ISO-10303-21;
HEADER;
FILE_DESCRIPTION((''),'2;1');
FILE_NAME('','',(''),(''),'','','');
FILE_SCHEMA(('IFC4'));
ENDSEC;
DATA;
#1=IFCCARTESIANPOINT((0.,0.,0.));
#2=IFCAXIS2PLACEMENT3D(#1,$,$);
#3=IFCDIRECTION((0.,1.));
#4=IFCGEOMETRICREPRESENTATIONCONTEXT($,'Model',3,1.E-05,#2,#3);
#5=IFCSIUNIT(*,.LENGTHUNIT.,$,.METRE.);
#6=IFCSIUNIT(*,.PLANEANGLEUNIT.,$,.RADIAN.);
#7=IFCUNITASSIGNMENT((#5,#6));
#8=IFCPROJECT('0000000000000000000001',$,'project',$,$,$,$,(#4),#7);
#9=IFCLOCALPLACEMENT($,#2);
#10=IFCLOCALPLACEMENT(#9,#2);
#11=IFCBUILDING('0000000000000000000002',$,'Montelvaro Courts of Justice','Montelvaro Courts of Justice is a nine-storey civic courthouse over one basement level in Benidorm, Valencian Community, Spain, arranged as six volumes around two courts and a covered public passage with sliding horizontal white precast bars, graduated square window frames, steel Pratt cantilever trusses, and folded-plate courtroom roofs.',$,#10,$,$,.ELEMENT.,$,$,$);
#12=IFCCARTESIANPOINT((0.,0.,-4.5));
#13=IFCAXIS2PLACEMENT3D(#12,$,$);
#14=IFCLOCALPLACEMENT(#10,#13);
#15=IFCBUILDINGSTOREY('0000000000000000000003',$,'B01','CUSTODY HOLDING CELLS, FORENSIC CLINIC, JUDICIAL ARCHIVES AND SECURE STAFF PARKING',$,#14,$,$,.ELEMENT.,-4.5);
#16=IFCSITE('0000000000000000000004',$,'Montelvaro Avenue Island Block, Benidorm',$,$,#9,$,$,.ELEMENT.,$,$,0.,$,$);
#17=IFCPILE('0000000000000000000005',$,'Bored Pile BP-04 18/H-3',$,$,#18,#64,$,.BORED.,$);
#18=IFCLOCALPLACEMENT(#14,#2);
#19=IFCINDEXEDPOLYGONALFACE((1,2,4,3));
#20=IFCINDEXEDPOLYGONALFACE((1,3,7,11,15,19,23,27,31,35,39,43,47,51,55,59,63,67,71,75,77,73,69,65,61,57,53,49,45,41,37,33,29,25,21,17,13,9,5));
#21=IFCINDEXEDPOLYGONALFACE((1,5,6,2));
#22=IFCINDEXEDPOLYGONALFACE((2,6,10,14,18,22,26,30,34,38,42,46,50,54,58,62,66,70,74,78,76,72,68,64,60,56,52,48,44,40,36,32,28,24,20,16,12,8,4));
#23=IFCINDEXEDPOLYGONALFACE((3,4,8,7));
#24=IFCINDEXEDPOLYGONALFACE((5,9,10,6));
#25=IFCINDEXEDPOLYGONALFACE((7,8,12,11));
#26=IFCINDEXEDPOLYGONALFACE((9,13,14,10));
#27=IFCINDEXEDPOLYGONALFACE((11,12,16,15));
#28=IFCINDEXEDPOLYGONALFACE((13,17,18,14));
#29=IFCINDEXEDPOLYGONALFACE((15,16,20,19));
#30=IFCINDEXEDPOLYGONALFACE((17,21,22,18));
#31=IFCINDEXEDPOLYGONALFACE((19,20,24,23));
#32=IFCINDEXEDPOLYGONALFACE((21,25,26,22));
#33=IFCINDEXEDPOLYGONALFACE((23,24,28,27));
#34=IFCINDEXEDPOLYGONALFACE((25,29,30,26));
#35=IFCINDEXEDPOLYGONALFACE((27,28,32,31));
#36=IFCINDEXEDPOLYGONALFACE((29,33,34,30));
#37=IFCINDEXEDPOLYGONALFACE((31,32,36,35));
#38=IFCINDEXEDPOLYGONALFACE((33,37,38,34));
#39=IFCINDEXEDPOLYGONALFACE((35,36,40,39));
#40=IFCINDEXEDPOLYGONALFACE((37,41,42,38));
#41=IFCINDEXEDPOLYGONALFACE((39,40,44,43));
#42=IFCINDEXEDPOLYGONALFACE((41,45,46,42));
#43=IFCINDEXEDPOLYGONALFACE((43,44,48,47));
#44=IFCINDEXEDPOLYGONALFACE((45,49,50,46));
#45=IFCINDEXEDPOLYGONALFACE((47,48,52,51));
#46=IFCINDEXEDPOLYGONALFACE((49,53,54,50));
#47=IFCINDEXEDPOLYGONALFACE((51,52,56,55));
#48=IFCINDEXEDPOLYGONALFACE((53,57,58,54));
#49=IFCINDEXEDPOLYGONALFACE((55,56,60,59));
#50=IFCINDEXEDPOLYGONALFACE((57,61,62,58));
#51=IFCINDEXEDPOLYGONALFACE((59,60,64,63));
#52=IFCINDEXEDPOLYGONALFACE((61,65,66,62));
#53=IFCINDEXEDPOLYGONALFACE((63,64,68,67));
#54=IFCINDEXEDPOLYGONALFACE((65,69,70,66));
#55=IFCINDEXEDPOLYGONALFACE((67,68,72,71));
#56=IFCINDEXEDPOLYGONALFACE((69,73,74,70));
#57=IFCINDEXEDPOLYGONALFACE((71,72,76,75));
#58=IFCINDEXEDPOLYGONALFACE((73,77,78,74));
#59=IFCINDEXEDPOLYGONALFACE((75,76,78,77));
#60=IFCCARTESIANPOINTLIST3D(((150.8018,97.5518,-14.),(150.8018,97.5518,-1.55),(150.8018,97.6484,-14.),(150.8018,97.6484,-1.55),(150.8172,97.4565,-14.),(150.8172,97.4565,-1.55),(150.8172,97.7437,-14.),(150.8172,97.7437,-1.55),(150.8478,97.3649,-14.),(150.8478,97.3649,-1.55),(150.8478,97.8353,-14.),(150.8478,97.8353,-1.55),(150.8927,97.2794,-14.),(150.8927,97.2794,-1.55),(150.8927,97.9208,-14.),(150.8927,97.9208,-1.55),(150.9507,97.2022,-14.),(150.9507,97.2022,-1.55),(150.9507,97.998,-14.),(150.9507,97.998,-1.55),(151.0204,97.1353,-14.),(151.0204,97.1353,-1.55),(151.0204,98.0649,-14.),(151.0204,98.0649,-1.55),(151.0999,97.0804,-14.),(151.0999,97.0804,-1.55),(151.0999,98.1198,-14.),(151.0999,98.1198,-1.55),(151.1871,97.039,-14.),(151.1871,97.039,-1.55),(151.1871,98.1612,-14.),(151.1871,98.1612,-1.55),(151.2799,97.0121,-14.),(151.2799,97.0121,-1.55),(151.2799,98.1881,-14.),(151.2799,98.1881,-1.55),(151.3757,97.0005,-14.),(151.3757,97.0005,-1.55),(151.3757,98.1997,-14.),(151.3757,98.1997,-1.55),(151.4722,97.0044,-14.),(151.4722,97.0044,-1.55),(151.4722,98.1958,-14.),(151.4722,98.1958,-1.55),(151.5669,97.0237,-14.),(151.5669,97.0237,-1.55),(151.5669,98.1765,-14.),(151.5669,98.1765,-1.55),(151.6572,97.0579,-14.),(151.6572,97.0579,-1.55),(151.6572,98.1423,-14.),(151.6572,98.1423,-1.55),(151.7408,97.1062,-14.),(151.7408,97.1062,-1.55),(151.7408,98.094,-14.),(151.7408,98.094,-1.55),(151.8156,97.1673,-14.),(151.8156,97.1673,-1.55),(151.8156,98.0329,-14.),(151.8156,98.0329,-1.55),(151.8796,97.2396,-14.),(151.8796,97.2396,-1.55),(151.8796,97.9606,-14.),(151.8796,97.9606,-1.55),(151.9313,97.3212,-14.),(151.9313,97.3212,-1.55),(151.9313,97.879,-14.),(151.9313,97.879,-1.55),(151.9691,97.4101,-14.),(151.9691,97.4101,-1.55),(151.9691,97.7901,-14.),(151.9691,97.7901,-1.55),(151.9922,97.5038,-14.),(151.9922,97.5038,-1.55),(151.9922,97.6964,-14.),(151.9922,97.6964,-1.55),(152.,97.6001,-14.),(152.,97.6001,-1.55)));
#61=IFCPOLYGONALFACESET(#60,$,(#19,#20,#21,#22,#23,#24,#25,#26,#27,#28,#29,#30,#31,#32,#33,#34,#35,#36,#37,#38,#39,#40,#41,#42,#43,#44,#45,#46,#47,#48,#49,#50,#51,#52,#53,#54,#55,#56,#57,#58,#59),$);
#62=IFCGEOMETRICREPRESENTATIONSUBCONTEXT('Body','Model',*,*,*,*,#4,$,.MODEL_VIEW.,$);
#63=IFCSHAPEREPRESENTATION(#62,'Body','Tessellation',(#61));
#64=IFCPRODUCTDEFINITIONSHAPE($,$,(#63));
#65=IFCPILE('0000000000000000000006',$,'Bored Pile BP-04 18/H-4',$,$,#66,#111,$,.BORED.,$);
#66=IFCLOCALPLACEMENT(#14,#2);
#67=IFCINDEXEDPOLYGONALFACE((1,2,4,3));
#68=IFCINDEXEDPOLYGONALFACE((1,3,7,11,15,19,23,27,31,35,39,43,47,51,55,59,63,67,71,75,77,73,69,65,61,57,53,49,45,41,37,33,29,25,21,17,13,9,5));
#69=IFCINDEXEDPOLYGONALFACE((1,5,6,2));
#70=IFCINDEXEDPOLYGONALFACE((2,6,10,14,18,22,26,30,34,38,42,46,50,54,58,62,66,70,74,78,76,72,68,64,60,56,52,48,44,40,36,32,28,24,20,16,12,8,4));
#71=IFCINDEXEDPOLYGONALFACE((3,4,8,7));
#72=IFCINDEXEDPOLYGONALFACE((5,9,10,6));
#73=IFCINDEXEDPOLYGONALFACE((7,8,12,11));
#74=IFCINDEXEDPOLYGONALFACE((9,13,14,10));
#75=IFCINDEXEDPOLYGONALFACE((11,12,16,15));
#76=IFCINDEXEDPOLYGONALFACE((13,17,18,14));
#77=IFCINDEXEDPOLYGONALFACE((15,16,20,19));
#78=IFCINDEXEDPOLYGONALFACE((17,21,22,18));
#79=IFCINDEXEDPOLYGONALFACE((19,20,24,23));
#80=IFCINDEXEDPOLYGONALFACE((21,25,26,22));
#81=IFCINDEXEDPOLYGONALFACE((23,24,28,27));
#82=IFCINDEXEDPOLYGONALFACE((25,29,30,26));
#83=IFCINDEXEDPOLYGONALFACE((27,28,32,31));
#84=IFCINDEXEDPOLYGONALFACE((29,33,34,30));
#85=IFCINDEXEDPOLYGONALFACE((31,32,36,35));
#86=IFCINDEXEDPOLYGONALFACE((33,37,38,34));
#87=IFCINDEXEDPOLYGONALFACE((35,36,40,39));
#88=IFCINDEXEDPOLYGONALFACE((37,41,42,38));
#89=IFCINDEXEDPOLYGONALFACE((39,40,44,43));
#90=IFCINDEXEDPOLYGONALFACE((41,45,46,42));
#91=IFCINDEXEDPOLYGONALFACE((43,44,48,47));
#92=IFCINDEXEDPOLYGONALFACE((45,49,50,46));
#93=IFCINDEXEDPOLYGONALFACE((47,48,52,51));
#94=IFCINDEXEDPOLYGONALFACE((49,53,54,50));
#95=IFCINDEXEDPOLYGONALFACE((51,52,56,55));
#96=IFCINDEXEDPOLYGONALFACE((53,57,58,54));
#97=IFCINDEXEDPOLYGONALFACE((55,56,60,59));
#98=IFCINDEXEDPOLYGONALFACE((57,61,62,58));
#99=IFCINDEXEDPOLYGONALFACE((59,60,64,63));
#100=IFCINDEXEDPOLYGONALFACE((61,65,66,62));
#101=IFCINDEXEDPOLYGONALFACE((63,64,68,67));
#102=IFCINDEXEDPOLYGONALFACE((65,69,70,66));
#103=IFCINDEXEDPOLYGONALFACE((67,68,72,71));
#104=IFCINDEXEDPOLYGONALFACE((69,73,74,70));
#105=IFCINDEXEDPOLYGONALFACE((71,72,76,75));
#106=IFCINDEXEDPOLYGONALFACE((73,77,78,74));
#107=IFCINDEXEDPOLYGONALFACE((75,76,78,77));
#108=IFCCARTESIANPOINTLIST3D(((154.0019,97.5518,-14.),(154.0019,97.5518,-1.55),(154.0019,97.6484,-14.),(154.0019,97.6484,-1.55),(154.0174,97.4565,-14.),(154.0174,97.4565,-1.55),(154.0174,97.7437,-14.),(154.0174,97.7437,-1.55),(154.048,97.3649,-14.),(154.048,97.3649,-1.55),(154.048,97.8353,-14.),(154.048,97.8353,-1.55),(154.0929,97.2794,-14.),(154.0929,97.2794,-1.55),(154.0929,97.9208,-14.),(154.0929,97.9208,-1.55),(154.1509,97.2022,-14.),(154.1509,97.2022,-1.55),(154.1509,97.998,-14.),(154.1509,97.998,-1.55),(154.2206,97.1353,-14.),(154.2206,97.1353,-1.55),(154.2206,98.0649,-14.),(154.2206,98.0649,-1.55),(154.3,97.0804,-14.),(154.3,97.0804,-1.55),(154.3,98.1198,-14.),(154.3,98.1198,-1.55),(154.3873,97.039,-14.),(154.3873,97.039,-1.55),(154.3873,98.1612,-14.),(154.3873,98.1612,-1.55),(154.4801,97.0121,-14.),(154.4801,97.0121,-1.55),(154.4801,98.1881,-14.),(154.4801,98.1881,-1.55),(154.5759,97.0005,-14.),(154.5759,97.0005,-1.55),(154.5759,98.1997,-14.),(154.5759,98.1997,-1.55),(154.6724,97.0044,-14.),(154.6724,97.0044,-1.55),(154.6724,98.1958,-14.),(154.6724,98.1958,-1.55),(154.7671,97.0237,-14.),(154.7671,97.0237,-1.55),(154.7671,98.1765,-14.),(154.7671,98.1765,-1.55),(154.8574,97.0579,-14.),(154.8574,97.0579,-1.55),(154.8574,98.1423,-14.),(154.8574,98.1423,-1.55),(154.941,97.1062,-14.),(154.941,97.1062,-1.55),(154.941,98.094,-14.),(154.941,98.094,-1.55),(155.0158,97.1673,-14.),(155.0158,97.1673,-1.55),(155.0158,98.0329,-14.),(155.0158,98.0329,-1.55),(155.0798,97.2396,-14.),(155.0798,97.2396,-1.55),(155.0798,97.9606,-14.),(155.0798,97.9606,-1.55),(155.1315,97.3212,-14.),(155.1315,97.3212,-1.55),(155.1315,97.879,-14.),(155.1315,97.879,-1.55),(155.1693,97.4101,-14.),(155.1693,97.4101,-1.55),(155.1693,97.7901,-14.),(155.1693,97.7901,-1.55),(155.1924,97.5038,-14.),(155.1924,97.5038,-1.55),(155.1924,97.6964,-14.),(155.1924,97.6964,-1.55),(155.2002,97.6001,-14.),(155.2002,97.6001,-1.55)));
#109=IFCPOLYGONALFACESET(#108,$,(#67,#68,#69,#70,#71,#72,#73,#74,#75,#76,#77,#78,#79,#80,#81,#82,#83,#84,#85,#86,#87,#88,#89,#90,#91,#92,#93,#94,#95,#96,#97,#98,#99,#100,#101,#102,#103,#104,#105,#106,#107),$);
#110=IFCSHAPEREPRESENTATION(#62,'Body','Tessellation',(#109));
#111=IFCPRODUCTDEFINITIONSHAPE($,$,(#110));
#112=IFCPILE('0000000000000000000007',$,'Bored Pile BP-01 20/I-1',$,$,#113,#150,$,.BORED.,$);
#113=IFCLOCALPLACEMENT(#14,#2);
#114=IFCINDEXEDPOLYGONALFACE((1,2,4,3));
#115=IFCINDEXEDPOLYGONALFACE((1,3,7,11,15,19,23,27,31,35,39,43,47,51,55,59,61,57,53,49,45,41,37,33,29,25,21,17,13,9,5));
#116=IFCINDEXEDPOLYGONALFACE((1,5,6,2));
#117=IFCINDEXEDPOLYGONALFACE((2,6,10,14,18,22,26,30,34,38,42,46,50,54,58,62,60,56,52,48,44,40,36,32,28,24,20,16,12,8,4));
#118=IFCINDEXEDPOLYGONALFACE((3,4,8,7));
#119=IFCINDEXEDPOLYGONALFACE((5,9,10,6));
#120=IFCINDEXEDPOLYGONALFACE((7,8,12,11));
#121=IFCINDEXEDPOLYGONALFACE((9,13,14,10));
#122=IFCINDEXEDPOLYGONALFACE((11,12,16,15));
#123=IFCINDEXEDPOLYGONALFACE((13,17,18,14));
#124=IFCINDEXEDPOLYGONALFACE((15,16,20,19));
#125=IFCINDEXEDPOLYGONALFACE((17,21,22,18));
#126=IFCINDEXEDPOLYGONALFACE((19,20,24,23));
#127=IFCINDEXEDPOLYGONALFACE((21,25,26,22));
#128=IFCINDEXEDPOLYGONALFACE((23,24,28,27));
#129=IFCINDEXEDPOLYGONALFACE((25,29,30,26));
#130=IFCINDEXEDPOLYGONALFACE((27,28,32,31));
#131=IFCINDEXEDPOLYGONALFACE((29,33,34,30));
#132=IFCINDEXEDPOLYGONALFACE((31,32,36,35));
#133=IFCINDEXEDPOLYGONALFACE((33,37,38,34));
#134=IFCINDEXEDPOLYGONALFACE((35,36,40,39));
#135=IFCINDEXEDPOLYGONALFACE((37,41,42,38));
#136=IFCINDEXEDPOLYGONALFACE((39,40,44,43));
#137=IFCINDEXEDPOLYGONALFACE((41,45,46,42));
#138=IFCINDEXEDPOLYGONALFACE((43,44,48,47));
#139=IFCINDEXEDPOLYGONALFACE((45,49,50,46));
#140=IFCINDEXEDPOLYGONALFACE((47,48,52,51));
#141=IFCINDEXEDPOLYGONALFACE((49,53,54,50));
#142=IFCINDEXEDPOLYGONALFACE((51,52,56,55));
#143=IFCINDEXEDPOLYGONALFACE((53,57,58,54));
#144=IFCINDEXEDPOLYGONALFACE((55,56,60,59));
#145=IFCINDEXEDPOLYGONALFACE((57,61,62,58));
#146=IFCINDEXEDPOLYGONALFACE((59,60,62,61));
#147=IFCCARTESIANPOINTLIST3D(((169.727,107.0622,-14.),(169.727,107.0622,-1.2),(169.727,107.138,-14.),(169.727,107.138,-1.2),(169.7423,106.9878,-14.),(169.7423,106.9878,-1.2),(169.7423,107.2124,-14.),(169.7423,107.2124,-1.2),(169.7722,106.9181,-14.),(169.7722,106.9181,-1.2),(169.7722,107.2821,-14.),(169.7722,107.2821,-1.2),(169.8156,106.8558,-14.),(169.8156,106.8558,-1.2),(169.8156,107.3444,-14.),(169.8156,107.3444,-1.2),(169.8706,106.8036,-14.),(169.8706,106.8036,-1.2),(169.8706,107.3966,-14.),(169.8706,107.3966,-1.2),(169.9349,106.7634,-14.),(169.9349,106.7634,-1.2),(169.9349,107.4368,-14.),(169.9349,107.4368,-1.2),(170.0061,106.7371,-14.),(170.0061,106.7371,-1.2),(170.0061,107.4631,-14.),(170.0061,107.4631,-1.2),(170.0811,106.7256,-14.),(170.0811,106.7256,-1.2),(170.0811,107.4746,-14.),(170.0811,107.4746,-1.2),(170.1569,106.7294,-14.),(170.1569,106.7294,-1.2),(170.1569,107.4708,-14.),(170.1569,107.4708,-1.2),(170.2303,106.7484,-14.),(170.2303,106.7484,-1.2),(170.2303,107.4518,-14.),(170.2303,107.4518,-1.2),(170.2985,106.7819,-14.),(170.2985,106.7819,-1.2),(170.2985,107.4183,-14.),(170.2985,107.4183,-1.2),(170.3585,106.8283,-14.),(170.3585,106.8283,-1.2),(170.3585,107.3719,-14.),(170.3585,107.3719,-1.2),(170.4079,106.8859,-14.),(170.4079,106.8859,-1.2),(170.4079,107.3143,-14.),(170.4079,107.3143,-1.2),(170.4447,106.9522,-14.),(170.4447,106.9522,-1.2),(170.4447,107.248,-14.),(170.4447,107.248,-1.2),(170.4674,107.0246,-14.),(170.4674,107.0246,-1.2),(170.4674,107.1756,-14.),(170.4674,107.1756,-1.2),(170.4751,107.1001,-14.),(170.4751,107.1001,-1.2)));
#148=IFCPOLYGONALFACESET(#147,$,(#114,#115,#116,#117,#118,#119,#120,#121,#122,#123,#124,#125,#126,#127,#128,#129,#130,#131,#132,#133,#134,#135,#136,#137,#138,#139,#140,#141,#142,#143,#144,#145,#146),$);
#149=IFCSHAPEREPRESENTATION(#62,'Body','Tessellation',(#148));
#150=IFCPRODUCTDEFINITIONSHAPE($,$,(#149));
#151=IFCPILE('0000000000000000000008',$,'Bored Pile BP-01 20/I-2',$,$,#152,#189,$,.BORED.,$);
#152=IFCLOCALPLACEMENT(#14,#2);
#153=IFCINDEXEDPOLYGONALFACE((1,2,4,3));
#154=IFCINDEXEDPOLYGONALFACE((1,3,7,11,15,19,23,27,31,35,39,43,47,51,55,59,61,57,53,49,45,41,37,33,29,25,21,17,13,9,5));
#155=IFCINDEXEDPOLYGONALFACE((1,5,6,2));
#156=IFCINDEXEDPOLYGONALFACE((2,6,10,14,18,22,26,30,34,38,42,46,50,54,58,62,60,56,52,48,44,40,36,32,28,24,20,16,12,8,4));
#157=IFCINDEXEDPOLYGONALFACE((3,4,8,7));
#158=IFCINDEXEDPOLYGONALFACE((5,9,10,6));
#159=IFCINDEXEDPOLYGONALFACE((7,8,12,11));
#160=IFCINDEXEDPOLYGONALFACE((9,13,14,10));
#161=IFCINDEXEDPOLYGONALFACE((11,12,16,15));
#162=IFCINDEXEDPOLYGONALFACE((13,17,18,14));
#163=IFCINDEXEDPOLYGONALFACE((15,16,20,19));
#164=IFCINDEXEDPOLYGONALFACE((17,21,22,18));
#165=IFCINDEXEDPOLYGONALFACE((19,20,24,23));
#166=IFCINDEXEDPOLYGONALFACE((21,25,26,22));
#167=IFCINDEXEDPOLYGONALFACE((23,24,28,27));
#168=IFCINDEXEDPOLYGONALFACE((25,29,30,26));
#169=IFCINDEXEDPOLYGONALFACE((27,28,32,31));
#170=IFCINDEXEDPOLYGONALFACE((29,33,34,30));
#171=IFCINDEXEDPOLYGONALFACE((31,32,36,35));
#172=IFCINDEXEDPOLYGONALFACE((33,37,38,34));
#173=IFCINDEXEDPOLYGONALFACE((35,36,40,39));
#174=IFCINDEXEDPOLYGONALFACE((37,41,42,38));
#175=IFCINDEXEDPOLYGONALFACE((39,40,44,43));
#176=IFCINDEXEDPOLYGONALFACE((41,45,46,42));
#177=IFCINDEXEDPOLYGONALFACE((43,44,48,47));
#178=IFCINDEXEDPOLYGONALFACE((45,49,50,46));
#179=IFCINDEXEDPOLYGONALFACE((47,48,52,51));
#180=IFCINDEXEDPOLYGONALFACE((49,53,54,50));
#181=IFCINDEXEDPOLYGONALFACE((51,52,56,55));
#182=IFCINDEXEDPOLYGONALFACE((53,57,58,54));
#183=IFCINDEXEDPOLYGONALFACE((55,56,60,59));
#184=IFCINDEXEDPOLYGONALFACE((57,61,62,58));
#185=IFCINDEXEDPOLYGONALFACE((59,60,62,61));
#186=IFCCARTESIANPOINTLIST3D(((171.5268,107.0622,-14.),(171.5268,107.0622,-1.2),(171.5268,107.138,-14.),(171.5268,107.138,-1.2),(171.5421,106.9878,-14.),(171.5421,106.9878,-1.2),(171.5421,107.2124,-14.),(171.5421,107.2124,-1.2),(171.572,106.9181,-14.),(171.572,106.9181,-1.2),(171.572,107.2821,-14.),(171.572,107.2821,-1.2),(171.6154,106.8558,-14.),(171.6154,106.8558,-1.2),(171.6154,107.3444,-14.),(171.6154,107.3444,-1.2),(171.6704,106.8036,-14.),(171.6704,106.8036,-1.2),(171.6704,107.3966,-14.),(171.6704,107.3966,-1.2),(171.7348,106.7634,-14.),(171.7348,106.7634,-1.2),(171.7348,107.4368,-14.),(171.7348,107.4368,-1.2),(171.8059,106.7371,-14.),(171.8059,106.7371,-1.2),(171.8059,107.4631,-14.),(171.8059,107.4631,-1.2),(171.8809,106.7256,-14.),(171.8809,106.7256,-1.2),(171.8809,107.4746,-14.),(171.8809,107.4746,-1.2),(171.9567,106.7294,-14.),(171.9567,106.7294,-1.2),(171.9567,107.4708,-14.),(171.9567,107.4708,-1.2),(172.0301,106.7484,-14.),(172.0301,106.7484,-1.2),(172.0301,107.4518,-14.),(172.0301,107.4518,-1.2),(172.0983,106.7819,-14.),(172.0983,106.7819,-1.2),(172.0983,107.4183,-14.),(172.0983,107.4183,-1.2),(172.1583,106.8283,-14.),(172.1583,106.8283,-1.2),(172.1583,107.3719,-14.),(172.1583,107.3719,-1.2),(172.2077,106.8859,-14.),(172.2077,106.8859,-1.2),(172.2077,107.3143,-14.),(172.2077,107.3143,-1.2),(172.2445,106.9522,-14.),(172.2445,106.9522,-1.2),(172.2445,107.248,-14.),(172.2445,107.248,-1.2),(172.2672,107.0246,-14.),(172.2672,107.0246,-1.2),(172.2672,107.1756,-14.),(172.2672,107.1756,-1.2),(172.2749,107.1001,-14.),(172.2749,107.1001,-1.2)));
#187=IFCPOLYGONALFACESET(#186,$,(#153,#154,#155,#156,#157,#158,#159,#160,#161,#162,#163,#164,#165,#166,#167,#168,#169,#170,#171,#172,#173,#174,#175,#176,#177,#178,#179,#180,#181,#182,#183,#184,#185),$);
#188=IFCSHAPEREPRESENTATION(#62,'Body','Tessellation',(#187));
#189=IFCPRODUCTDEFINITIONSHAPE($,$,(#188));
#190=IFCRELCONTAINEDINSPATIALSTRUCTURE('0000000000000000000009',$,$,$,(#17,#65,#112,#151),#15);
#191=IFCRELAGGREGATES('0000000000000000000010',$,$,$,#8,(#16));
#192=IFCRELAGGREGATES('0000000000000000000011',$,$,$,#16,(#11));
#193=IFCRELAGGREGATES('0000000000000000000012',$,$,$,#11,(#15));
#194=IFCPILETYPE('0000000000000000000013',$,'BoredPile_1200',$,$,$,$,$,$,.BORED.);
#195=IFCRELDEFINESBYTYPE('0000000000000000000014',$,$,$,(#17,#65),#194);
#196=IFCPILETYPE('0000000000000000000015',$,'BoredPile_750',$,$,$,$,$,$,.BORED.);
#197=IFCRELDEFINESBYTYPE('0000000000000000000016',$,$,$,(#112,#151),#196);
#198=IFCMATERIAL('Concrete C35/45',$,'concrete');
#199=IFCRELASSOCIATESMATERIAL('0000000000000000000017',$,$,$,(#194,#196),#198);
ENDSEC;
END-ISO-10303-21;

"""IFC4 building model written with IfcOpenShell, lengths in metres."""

from ifc_helpers import new_model, si_unit, direction, frame, origin, origin_2d, place, context, subcontext, project, spatial, circle, extrude, material, material_profile, profile_set, type_object, element, save


model = new_model("IFC4")

# Units and contexts
model_context = context("Model", 3, precision=1e-05, world=origin(), true_north=direction((0.0, 1.0)))
body_context = subcontext(model_context, "Body", "Model", "MODEL_VIEW")
ifc_project = project(units=[si_unit("LENGTHUNIT", "METRE"), si_unit("PLANEANGLEUNIT", "RADIAN")], contexts=[model_context])

# Site, building, storey
site_placement = place(None, origin())
site = spatial("IfcSite", under=ifc_project, at=site_placement, Name="Montelvaro Avenue Island Block, Benidorm", CompositionType="ELEMENT", RefElevation=0.0)
building_placement = place(site_placement, origin())
building = spatial("IfcBuilding", under=site, at=building_placement, Name="Montelvaro Courts of Justice", Description="Montelvaro Courts of Justice is a nine-storey civic courthouse over one basement level in Benidorm, Valencian Community, Spain, arranged as six volumes around two courts and a covered public passage with sliding horizontal white precast bars, graduated square window frames, steel Pratt cantilever trusses, and folded-plate courtroom roofs.", CompositionType="ELEMENT")
storey_placement = place(building_placement, frame((0.0, 0.0, -4.5)))
storey = spatial("IfcBuildingStorey", under=building, at=storey_placement, Name="B01", Description="CUSTODY HOLDING CELLS, FORENSIC CLINIC, JUDICIAL ARCHIVES AND SECURE STAFF PARKING", CompositionType="ELEMENT", Elevation=-4.5)

# Piles
ifc_material_1 = material(Name="Concrete C35/45", Category="concrete")
ifc_material_profile_1 = material_profile(ifc_material_1, circle(Radius=0.6001, at=origin_2d()), Name="BORED PILE D1200")
ifc_profile_set_1 = profile_set([ifc_material_profile_1], Name="Concrete C35/45")
pile_type_1 = type_object("IfcPileType", Name="BoredPile_1200", PredefinedType="BORED", material=ifc_profile_set_1)
for number, where, z_axis, x_axis, name in (
    (1, (151.3999, 97.6001, -1.55), (0.0, 0.0, -1.0), (1.0, 0.0, 0.0), "Bored Pile BP-04 18/H-3"),
    (2, (154.6001, 97.6001, -1.55), (0.0, 0.0, -1.0), (1.0, 0.0, 0.0), "Bored Pile BP-04 18/H-4"),
):
    element("IfcPile", number, at=place(storey_placement, frame(where, z_axis=z_axis, x_axis=x_axis)), inside=storey, type_object=pile_type_1, Name=name, PredefinedType="BORED", context=body_context, shape_type="SweptSolid", body=[
        extrude(circle(Radius=0.6001, at=origin_2d()), origin(), (0.0, 0.0, 1.0), 12.45),
    ])
ifc_material_profile_2 = material_profile(ifc_material_1, circle(Radius=0.375, at=origin_2d()), Name="BORED PILE D750")
ifc_profile_set_2 = profile_set([ifc_material_profile_2], Name="Concrete C35/45")
pile_type_2 = type_object("IfcPileType", Name="BoredPile_750", PredefinedType="BORED", material=ifc_profile_set_2)
for number, where, z_axis, x_axis, name in (
    (3, (170.1001, 107.1001, -1.2), (0.0, 0.0, -1.0), (1.0, 0.0, 0.0), "Bored Pile BP-01 20/I-1"),
    (4, (171.8999, 107.1001, -1.2), (0.0, 0.0, -1.0), (1.0, 0.0, 0.0), "Bored Pile BP-01 20/I-2"),
):
    element("IfcPile", number, at=place(storey_placement, frame(where, z_axis=z_axis, x_axis=x_axis)), inside=storey, type_object=pile_type_2, Name=name, PredefinedType="BORED", context=body_context, shape_type="SweptSolid", body=[
        extrude(circle(Radius=0.375, at=origin_2d()), origin(), (0.0, 0.0, 1.0), 12.8),
    ])

save(model, "model.ifc")
